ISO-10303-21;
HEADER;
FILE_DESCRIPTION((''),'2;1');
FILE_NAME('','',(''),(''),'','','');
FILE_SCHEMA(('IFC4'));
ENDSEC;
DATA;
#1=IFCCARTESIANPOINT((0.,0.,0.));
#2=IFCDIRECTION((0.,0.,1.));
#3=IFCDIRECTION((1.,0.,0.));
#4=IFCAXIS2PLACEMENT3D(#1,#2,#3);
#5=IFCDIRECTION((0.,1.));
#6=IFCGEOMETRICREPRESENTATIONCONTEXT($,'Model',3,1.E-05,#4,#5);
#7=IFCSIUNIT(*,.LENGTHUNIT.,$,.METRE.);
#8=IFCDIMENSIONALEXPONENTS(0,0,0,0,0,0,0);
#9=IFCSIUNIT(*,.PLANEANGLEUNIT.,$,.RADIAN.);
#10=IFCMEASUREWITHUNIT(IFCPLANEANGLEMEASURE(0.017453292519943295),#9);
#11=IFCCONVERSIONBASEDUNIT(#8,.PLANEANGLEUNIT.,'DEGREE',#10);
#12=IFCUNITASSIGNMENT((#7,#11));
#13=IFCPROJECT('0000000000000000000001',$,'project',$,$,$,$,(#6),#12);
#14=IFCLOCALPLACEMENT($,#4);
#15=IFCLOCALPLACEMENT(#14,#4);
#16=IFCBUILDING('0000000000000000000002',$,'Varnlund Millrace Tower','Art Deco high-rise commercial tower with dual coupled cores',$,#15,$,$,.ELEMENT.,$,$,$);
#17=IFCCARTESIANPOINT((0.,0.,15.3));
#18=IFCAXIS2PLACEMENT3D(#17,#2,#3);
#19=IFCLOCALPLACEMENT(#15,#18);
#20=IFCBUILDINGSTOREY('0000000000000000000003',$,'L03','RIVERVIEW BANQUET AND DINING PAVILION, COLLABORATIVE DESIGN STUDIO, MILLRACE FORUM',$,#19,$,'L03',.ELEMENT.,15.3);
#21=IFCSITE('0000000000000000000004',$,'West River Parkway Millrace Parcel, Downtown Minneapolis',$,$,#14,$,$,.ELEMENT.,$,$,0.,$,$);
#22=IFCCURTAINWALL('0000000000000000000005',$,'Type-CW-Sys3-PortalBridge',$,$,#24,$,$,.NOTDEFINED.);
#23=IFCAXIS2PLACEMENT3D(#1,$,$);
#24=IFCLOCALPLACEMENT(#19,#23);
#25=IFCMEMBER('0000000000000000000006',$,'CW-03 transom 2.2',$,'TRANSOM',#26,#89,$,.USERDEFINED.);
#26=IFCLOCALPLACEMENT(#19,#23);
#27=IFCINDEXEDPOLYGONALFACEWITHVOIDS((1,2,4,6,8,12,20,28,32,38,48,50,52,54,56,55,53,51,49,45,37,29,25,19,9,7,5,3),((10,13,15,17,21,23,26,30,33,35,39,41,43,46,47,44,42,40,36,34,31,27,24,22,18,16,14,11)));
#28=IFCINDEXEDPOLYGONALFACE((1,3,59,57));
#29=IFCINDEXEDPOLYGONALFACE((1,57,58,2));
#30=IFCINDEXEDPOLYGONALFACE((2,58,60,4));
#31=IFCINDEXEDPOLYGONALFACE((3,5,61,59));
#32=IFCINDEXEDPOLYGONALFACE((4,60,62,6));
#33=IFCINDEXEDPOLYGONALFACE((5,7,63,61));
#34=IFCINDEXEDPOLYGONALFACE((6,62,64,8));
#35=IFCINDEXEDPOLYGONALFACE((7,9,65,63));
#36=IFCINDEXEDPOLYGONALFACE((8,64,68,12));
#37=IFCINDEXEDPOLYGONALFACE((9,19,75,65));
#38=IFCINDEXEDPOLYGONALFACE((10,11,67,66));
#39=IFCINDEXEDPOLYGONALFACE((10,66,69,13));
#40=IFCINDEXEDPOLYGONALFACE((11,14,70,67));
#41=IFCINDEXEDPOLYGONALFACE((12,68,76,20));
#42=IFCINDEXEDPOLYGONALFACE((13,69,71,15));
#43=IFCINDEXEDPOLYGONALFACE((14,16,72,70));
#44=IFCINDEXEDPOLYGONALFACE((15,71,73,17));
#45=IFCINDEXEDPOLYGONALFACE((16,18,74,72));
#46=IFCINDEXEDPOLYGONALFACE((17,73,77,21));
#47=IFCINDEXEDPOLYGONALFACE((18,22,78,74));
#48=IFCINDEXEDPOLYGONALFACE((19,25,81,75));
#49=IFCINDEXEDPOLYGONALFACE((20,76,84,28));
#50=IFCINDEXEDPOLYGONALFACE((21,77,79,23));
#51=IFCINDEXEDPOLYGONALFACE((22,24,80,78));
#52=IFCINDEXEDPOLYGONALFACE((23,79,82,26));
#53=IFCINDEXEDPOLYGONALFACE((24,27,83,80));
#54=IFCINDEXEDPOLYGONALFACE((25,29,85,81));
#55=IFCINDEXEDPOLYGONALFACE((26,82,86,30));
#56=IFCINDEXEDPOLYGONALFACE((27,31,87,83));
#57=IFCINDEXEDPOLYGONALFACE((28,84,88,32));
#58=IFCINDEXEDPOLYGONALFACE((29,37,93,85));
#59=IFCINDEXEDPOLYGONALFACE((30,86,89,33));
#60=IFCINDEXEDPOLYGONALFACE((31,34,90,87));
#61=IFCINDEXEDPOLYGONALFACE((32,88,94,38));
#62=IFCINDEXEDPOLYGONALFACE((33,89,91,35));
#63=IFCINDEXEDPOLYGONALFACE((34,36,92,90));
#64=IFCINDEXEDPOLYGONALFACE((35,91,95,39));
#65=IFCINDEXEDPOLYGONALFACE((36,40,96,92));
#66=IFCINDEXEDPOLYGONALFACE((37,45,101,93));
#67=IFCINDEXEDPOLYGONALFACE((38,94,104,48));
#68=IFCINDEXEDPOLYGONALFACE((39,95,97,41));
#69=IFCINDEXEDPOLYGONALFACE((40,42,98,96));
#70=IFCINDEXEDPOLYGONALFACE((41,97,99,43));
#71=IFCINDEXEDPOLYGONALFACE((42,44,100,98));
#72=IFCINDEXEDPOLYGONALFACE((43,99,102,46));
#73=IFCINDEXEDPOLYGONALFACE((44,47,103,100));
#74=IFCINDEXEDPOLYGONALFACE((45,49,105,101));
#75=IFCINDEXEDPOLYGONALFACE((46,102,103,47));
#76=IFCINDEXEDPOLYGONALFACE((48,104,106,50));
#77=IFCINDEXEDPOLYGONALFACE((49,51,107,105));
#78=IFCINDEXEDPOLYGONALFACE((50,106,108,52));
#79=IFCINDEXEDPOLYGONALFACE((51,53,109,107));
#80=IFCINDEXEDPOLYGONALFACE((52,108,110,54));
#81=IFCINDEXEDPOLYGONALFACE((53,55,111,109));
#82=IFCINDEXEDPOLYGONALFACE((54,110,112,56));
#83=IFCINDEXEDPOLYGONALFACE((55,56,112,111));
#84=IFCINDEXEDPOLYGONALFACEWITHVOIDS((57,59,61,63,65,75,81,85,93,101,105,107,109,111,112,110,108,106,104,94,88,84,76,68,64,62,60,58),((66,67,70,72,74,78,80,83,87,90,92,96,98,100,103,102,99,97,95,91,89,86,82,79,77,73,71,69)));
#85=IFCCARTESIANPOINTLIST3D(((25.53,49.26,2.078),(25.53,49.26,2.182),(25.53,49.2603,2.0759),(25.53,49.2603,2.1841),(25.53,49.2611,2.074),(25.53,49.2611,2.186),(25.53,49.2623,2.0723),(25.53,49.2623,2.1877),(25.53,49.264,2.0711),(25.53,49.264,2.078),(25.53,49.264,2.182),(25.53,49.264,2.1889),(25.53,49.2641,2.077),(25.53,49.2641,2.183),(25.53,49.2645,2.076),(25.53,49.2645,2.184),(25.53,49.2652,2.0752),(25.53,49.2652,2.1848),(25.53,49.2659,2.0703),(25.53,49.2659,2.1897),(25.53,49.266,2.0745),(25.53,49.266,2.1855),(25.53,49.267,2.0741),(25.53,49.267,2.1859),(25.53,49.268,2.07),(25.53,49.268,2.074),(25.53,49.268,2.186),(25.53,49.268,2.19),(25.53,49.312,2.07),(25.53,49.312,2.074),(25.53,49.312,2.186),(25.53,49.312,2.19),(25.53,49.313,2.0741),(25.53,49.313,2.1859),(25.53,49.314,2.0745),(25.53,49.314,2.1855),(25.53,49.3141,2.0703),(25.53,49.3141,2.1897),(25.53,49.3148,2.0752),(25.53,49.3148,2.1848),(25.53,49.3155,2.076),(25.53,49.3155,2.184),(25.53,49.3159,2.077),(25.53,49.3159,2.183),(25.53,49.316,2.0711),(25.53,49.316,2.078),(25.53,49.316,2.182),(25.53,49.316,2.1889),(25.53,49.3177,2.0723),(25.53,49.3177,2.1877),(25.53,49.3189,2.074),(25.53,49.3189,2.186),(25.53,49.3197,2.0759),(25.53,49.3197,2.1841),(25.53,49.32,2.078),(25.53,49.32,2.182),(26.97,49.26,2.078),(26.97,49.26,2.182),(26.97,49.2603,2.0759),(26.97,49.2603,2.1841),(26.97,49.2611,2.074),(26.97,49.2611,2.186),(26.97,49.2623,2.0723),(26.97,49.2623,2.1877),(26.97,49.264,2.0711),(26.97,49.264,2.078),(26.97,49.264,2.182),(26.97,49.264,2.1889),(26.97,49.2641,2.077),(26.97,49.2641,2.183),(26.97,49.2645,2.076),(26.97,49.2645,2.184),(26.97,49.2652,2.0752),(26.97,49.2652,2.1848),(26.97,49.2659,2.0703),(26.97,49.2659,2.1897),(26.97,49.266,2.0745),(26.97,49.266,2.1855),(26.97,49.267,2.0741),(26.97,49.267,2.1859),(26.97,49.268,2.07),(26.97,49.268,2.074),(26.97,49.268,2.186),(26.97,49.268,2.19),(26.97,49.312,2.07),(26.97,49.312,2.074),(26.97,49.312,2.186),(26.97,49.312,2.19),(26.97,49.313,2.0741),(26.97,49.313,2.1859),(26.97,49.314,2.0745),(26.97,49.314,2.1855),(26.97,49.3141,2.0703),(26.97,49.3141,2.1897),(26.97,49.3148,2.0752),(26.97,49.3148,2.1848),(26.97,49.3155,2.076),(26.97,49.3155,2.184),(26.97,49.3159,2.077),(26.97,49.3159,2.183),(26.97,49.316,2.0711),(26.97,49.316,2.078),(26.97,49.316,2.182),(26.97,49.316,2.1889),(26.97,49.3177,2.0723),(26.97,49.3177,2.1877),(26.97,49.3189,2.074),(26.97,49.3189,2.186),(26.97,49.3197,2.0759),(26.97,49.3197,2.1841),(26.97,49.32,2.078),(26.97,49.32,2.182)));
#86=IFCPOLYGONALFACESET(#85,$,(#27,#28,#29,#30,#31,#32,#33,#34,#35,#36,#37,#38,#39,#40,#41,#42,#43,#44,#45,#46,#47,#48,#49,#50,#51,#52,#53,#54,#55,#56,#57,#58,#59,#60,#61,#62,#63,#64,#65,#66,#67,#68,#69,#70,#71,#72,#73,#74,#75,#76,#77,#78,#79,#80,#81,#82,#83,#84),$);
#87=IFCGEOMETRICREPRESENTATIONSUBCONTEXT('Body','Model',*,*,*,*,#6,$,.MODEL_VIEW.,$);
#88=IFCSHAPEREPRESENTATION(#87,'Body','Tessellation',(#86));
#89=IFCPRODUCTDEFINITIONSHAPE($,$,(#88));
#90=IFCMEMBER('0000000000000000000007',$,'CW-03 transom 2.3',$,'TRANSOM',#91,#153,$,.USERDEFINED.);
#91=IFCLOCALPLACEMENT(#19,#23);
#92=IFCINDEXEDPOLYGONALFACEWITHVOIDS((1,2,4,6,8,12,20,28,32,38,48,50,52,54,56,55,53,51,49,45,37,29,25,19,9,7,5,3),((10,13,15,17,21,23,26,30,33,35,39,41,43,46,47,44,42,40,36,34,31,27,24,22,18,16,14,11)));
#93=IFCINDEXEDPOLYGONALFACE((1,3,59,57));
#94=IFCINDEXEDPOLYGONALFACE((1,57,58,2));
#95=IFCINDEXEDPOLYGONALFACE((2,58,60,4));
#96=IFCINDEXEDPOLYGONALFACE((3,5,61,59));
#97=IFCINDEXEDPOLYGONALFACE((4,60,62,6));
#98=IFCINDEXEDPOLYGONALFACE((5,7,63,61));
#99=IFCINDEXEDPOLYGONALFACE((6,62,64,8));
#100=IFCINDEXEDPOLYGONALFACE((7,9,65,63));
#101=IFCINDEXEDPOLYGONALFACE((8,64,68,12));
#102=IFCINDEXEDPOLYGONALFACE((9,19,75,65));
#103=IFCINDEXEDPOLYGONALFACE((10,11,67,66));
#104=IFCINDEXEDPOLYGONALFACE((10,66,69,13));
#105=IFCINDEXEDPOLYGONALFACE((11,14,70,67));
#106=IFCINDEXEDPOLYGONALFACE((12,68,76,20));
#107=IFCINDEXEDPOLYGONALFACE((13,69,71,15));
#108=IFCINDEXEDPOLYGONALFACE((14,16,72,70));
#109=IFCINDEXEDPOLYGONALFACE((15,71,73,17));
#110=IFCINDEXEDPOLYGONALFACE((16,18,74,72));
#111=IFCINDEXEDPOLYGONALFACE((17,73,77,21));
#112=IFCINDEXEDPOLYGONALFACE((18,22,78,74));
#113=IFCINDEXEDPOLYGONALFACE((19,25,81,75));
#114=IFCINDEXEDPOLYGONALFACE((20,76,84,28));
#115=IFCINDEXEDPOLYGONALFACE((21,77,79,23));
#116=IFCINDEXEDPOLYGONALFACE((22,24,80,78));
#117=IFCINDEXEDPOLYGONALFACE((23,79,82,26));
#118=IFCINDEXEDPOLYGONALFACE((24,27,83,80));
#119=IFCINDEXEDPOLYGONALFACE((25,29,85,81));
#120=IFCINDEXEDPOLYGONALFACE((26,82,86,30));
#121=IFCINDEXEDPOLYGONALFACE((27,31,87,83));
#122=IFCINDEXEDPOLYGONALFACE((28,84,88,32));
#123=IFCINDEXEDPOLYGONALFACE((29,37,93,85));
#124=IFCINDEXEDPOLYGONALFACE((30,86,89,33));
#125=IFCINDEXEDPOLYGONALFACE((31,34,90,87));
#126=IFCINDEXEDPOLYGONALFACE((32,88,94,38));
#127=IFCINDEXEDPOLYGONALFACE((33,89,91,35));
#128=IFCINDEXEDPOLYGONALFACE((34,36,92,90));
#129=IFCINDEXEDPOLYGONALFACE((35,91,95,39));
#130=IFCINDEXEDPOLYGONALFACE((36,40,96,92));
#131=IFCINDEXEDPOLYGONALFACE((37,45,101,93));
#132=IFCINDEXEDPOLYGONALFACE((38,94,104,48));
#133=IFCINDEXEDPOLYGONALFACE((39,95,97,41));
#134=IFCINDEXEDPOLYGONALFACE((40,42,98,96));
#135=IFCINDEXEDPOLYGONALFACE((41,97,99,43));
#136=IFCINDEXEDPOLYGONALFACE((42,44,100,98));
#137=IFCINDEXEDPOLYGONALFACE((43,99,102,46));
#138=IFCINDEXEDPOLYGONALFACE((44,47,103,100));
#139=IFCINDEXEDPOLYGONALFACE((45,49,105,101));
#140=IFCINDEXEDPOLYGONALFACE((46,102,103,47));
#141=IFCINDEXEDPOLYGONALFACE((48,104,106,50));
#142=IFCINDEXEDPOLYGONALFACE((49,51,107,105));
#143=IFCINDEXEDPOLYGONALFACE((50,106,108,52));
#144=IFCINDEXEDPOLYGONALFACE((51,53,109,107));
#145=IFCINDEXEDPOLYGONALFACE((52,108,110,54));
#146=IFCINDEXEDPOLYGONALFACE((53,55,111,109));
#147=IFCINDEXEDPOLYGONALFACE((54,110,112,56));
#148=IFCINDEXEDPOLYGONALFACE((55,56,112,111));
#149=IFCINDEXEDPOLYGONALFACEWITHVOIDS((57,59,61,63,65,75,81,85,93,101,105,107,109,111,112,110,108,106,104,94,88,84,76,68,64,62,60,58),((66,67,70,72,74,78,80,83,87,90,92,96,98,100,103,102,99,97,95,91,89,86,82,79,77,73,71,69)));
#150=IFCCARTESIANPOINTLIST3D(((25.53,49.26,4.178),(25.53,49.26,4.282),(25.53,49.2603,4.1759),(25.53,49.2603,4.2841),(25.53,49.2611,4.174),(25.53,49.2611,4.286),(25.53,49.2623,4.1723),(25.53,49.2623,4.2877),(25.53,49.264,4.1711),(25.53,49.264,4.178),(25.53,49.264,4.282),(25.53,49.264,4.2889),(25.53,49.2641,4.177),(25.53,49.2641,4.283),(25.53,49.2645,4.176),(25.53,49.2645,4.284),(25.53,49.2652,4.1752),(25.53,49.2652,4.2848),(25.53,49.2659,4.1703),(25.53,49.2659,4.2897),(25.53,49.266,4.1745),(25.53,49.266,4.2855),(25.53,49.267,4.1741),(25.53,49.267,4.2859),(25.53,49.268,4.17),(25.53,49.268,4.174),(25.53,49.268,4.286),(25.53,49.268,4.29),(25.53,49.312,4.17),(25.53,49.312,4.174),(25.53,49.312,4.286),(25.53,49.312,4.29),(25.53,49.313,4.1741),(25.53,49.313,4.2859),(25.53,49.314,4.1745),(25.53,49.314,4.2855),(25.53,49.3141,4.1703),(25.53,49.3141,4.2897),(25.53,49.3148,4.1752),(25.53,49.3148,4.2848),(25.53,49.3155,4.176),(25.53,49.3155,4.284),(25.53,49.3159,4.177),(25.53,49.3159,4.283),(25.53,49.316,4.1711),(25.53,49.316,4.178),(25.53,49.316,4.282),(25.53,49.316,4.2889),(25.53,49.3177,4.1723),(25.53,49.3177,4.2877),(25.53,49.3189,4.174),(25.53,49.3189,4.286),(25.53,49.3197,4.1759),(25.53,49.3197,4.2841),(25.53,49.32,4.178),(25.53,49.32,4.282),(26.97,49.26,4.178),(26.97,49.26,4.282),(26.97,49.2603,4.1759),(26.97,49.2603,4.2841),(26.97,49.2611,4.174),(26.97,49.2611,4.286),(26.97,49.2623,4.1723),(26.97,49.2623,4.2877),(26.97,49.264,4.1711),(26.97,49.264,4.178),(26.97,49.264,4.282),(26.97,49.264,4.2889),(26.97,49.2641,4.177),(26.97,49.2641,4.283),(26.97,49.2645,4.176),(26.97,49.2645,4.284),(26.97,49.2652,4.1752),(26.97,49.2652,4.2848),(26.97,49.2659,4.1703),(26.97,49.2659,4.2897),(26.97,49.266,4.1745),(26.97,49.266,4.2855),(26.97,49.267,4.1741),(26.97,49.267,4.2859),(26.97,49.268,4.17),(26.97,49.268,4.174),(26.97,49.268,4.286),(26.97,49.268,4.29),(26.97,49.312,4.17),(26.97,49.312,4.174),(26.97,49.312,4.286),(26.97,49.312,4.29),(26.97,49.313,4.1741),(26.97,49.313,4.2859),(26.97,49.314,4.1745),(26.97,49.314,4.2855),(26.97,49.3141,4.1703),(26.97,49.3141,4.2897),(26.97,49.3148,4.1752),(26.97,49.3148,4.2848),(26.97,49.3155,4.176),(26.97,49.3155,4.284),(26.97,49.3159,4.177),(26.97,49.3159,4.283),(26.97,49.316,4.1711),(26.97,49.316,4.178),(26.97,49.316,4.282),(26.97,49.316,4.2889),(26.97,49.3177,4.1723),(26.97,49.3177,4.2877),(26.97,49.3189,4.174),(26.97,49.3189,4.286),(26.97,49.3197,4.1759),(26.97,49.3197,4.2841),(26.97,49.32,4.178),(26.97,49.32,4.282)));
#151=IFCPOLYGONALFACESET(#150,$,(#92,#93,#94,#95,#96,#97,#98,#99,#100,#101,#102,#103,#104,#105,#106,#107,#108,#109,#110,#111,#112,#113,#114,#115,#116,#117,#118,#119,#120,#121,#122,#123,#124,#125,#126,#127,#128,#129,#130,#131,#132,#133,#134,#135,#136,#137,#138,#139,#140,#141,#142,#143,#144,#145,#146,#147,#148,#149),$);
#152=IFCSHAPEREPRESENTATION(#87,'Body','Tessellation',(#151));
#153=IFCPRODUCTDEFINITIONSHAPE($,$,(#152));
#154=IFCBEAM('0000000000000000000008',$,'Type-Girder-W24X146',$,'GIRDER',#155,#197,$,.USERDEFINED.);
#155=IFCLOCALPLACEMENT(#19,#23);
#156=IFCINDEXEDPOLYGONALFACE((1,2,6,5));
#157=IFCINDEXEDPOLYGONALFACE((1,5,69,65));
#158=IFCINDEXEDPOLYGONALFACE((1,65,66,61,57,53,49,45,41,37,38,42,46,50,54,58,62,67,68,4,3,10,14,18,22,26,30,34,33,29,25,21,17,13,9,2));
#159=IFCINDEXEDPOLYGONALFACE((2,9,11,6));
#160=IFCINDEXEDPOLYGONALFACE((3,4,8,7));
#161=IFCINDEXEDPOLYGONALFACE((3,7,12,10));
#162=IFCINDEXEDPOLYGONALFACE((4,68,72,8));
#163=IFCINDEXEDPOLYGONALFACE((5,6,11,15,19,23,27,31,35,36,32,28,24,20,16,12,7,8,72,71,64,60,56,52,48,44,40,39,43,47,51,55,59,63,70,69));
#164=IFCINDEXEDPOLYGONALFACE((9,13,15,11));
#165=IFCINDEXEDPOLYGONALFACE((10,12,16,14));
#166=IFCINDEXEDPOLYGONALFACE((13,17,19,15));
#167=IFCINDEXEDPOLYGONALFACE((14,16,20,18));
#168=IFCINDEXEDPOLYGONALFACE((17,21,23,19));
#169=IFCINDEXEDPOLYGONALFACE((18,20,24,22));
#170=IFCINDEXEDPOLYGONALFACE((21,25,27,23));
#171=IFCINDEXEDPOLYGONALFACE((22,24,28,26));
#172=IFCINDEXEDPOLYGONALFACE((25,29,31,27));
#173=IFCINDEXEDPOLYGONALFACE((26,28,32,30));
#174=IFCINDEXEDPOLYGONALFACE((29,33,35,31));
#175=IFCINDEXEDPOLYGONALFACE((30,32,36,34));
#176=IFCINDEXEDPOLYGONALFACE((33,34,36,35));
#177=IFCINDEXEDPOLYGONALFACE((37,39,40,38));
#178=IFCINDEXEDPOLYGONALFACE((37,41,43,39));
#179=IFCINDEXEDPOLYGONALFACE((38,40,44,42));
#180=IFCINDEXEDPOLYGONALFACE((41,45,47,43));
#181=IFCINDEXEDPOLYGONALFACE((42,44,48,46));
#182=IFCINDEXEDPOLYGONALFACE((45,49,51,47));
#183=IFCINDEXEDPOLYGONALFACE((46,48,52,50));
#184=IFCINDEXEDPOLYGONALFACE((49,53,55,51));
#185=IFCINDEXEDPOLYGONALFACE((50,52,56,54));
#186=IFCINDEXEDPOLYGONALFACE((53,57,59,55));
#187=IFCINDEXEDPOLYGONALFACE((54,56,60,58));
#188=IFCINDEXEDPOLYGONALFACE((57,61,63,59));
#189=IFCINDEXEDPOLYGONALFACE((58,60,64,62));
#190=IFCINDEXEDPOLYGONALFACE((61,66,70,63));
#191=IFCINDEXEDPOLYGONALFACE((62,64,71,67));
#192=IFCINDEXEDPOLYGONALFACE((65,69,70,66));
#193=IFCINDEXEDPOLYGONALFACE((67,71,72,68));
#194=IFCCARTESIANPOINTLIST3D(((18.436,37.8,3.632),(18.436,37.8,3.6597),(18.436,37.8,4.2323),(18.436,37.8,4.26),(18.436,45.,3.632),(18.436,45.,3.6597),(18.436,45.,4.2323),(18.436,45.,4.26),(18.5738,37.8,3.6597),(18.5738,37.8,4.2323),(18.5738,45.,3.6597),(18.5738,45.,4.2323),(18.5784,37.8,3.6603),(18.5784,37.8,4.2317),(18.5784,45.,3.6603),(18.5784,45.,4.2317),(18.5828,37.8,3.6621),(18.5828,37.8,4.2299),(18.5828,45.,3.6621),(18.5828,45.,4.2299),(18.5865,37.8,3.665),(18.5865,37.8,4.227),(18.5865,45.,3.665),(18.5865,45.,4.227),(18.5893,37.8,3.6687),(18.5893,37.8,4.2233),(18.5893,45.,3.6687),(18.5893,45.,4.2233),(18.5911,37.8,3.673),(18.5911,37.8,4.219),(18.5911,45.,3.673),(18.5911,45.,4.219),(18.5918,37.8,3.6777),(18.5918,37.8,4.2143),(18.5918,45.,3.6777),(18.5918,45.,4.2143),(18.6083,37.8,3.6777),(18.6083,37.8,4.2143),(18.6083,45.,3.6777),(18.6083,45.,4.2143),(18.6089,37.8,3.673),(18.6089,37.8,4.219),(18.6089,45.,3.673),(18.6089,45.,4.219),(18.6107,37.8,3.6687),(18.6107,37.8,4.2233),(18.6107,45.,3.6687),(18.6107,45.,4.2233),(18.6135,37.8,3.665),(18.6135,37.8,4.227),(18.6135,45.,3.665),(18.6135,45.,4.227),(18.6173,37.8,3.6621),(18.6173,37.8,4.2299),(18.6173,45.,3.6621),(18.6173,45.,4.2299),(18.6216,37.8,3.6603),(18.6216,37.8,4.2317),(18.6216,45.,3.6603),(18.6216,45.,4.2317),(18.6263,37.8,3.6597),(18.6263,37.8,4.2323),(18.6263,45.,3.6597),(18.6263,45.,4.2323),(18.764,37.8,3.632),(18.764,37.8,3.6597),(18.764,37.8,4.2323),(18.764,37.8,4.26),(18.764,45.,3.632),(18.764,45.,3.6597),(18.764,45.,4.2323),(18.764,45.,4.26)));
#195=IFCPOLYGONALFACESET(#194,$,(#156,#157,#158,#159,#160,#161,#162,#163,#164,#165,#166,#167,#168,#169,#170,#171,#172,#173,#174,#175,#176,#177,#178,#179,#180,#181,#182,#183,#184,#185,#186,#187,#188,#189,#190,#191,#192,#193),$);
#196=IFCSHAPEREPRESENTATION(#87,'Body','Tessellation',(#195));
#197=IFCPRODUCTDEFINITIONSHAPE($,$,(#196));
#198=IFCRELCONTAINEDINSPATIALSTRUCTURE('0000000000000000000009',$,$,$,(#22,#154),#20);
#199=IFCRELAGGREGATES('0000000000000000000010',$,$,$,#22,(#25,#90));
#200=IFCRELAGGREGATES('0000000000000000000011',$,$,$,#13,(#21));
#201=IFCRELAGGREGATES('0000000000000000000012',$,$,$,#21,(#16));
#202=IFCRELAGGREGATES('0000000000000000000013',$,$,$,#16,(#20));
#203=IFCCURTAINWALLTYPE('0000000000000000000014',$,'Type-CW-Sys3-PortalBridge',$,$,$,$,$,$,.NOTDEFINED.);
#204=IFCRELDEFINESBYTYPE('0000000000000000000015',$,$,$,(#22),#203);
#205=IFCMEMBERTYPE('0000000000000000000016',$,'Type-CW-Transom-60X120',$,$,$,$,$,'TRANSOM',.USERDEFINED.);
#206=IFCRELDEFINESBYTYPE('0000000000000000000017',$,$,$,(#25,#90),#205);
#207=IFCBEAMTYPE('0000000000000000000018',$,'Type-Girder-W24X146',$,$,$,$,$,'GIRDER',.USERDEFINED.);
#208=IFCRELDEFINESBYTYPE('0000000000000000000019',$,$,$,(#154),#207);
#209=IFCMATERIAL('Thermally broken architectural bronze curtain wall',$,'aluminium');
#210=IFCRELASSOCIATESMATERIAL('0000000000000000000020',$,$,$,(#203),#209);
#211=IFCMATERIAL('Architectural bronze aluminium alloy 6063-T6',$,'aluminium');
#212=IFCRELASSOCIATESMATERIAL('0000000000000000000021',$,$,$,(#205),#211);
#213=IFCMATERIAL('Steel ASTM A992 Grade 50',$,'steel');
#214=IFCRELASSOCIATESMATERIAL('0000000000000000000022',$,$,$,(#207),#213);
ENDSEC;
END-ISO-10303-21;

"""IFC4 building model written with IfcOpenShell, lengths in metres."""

from ifc_helpers import new_model, entity, si_unit, converted_unit, direction, frame, origin_with_axes, origin_2d_with_axis, place, context, subcontext, project, spatial, hollow_rectangle, i_section, extrude, material, material_profile, profile_set, type_object, element, aggregate, save


model = new_model("IFC4")

# Units and contexts
model_context = context("Model", 3, precision=1e-05, world=origin_with_axes(), true_north=direction((0.0, 1.0)))
body_context = subcontext(model_context, "Body", "Model", "MODEL_VIEW")
ifc_project = project(units=[si_unit("LENGTHUNIT", "METRE"), converted_unit("PLANEANGLEUNIT", "DEGREE", entity("IfcPlaneAngleMeasure", 0.017453292519943295), si_unit("PLANEANGLEUNIT", "RADIAN"), dimensions=[0, 0, 0, 0, 0, 0, 0])], contexts=[model_context])

# Site, building, storey
site_placement = place(None, origin_with_axes())
site = spatial("IfcSite", under=ifc_project, at=site_placement, Name="West River Parkway Millrace Parcel, Downtown Minneapolis", CompositionType="ELEMENT", RefElevation=0.0)
building_placement = place(site_placement, origin_with_axes())
building = spatial("IfcBuilding", under=site, at=building_placement, Name="Varnlund Millrace Tower", Description="Art Deco high-rise commercial tower with dual coupled cores", CompositionType="ELEMENT")
storey_placement = place(building_placement, frame((0.0, 0.0, 15.3), z_axis=(0.0, 0.0, 1.0), x_axis=(1.0, 0.0, 0.0)))
storey = spatial("IfcBuildingStorey", under=building, at=storey_placement, Name="L03", Description="RIVERVIEW BANQUET AND DINING PAVILION, COLLABORATIVE DESIGN STUDIO, MILLRACE FORUM", LongName="L03", CompositionType="ELEMENT", Elevation=15.3)

# Curtain wall, members
ifc_material_1 = material(Name="Thermally broken architectural bronze curtain wall", Category="aluminium")
curtain_wall_type = type_object("IfcCurtainWallType", Name="Type-CW-Sys3-PortalBridge", PredefinedType="NOTDEFINED", material=ifc_material_1)
curtain_wall_placement = place(storey_placement, frame((24.0, 49.29, 0.0), z_axis=(0.0, 0.0, 1.0), x_axis=(1.0, 0.0, 0.0)))
curtain_wall = element("IfcCurtainWall", 1, at=curtain_wall_placement, inside=storey, type_object=curtain_wall_type, Name="Type-CW-Sys3-PortalBridge", PredefinedType="NOTDEFINED")
ifc_material_2 = material(Name="Architectural bronze aluminium alloy 6063-T6", Category="aluminium")
ifc_material_profile_1 = material_profile(ifc_material_2, hollow_rectangle(XDim=0.06, YDim=0.12, WallThickness=0.004, InnerFilletRadius=0.004, OuterFilletRadius=0.008, at=origin_2d_with_axis()), Name="Architectural bronze aluminium alloy 6063-T6")
ifc_profile_set_1 = profile_set([ifc_material_profile_1], Name="Architectural bronze aluminium alloy 6063-T6")
member_type_1 = type_object("IfcMemberType", Name="Type-CW-Transom-60X120", ElementType="TRANSOM", PredefinedType="USERDEFINED", material=ifc_profile_set_1)
member_1_placement = place(storey_placement, frame((25.53, 49.29, 2.13), z_axis=(1.0, 0.0, 0.0), x_axis=(0.0, 1.0, 0.0)))
member_1 = element("IfcMember", 2, at=member_1_placement, type_object=member_type_1, Name="CW-03 transom 2.2", ObjectType="TRANSOM", PredefinedType="USERDEFINED", context=body_context, shape_type="SweptSolid", body=[
    extrude(hollow_rectangle(XDim=0.06, YDim=0.12, WallThickness=0.004, InnerFilletRadius=0.004, OuterFilletRadius=0.008, at=origin_2d_with_axis()), origin_with_axes(), (0.0, 0.0, 1.0), 1.44),
])
member_2_placement = place(storey_placement, frame((25.53, 49.29, 4.23), z_axis=(1.0, 0.0, 0.0), x_axis=(0.0, 1.0, 0.0)))
member_2 = element("IfcMember", 3, at=member_2_placement, type_object=member_type_1, Name="CW-03 transom 2.3", ObjectType="TRANSOM", PredefinedType="USERDEFINED", context=body_context, shape_type="SweptSolid", body=[
    extrude(hollow_rectangle(XDim=0.06, YDim=0.12, WallThickness=0.004, InnerFilletRadius=0.004, OuterFilletRadius=0.008, at=origin_2d_with_axis()), origin_with_axes(), (0.0, 0.0, 1.0), 1.44),
])

# Beam
ifc_material_3 = material(Name="Steel ASTM A992 Grade 50", Category="steel")
ifc_material_profile_2 = material_profile(ifc_material_3, i_section(OverallWidth=0.328, OverallDepth=0.628, WebThickness=0.0165, FlangeThickness=0.0277, FilletRadius=0.018, at=origin_2d_with_axis()), Name="Steel ASTM A992 Grade 50")
ifc_profile_set_2 = profile_set([ifc_material_profile_2], Name="Steel ASTM A992 Grade 50")
beam_type_1 = type_object("IfcBeamType", Name="Type-Girder-W24X146", ElementType="GIRDER", PredefinedType="USERDEFINED", material=ifc_profile_set_2)
beam_1_placement = place(storey_placement, frame((18.6, 37.8, 3.946), z_axis=(0.0, 1.0, 0.0), x_axis=(-1.0, 0.0, 0.0)))
element("IfcBeam", 4, at=beam_1_placement, inside=storey, type_object=beam_type_1, Name="Type-Girder-W24X146", ObjectType="GIRDER", PredefinedType="USERDEFINED", context=body_context, shape_type="SweptSolid", body=[
    extrude(i_section(OverallWidth=0.328, OverallDepth=0.628, WebThickness=0.0165, FlangeThickness=0.0277, FilletRadius=0.018, at=origin_2d_with_axis()), origin_with_axes(), (0.0, 0.0, 1.0), 7.2),
])

aggregate(curtain_wall, [member_1, member_2])

save(model, "model.ifc")
